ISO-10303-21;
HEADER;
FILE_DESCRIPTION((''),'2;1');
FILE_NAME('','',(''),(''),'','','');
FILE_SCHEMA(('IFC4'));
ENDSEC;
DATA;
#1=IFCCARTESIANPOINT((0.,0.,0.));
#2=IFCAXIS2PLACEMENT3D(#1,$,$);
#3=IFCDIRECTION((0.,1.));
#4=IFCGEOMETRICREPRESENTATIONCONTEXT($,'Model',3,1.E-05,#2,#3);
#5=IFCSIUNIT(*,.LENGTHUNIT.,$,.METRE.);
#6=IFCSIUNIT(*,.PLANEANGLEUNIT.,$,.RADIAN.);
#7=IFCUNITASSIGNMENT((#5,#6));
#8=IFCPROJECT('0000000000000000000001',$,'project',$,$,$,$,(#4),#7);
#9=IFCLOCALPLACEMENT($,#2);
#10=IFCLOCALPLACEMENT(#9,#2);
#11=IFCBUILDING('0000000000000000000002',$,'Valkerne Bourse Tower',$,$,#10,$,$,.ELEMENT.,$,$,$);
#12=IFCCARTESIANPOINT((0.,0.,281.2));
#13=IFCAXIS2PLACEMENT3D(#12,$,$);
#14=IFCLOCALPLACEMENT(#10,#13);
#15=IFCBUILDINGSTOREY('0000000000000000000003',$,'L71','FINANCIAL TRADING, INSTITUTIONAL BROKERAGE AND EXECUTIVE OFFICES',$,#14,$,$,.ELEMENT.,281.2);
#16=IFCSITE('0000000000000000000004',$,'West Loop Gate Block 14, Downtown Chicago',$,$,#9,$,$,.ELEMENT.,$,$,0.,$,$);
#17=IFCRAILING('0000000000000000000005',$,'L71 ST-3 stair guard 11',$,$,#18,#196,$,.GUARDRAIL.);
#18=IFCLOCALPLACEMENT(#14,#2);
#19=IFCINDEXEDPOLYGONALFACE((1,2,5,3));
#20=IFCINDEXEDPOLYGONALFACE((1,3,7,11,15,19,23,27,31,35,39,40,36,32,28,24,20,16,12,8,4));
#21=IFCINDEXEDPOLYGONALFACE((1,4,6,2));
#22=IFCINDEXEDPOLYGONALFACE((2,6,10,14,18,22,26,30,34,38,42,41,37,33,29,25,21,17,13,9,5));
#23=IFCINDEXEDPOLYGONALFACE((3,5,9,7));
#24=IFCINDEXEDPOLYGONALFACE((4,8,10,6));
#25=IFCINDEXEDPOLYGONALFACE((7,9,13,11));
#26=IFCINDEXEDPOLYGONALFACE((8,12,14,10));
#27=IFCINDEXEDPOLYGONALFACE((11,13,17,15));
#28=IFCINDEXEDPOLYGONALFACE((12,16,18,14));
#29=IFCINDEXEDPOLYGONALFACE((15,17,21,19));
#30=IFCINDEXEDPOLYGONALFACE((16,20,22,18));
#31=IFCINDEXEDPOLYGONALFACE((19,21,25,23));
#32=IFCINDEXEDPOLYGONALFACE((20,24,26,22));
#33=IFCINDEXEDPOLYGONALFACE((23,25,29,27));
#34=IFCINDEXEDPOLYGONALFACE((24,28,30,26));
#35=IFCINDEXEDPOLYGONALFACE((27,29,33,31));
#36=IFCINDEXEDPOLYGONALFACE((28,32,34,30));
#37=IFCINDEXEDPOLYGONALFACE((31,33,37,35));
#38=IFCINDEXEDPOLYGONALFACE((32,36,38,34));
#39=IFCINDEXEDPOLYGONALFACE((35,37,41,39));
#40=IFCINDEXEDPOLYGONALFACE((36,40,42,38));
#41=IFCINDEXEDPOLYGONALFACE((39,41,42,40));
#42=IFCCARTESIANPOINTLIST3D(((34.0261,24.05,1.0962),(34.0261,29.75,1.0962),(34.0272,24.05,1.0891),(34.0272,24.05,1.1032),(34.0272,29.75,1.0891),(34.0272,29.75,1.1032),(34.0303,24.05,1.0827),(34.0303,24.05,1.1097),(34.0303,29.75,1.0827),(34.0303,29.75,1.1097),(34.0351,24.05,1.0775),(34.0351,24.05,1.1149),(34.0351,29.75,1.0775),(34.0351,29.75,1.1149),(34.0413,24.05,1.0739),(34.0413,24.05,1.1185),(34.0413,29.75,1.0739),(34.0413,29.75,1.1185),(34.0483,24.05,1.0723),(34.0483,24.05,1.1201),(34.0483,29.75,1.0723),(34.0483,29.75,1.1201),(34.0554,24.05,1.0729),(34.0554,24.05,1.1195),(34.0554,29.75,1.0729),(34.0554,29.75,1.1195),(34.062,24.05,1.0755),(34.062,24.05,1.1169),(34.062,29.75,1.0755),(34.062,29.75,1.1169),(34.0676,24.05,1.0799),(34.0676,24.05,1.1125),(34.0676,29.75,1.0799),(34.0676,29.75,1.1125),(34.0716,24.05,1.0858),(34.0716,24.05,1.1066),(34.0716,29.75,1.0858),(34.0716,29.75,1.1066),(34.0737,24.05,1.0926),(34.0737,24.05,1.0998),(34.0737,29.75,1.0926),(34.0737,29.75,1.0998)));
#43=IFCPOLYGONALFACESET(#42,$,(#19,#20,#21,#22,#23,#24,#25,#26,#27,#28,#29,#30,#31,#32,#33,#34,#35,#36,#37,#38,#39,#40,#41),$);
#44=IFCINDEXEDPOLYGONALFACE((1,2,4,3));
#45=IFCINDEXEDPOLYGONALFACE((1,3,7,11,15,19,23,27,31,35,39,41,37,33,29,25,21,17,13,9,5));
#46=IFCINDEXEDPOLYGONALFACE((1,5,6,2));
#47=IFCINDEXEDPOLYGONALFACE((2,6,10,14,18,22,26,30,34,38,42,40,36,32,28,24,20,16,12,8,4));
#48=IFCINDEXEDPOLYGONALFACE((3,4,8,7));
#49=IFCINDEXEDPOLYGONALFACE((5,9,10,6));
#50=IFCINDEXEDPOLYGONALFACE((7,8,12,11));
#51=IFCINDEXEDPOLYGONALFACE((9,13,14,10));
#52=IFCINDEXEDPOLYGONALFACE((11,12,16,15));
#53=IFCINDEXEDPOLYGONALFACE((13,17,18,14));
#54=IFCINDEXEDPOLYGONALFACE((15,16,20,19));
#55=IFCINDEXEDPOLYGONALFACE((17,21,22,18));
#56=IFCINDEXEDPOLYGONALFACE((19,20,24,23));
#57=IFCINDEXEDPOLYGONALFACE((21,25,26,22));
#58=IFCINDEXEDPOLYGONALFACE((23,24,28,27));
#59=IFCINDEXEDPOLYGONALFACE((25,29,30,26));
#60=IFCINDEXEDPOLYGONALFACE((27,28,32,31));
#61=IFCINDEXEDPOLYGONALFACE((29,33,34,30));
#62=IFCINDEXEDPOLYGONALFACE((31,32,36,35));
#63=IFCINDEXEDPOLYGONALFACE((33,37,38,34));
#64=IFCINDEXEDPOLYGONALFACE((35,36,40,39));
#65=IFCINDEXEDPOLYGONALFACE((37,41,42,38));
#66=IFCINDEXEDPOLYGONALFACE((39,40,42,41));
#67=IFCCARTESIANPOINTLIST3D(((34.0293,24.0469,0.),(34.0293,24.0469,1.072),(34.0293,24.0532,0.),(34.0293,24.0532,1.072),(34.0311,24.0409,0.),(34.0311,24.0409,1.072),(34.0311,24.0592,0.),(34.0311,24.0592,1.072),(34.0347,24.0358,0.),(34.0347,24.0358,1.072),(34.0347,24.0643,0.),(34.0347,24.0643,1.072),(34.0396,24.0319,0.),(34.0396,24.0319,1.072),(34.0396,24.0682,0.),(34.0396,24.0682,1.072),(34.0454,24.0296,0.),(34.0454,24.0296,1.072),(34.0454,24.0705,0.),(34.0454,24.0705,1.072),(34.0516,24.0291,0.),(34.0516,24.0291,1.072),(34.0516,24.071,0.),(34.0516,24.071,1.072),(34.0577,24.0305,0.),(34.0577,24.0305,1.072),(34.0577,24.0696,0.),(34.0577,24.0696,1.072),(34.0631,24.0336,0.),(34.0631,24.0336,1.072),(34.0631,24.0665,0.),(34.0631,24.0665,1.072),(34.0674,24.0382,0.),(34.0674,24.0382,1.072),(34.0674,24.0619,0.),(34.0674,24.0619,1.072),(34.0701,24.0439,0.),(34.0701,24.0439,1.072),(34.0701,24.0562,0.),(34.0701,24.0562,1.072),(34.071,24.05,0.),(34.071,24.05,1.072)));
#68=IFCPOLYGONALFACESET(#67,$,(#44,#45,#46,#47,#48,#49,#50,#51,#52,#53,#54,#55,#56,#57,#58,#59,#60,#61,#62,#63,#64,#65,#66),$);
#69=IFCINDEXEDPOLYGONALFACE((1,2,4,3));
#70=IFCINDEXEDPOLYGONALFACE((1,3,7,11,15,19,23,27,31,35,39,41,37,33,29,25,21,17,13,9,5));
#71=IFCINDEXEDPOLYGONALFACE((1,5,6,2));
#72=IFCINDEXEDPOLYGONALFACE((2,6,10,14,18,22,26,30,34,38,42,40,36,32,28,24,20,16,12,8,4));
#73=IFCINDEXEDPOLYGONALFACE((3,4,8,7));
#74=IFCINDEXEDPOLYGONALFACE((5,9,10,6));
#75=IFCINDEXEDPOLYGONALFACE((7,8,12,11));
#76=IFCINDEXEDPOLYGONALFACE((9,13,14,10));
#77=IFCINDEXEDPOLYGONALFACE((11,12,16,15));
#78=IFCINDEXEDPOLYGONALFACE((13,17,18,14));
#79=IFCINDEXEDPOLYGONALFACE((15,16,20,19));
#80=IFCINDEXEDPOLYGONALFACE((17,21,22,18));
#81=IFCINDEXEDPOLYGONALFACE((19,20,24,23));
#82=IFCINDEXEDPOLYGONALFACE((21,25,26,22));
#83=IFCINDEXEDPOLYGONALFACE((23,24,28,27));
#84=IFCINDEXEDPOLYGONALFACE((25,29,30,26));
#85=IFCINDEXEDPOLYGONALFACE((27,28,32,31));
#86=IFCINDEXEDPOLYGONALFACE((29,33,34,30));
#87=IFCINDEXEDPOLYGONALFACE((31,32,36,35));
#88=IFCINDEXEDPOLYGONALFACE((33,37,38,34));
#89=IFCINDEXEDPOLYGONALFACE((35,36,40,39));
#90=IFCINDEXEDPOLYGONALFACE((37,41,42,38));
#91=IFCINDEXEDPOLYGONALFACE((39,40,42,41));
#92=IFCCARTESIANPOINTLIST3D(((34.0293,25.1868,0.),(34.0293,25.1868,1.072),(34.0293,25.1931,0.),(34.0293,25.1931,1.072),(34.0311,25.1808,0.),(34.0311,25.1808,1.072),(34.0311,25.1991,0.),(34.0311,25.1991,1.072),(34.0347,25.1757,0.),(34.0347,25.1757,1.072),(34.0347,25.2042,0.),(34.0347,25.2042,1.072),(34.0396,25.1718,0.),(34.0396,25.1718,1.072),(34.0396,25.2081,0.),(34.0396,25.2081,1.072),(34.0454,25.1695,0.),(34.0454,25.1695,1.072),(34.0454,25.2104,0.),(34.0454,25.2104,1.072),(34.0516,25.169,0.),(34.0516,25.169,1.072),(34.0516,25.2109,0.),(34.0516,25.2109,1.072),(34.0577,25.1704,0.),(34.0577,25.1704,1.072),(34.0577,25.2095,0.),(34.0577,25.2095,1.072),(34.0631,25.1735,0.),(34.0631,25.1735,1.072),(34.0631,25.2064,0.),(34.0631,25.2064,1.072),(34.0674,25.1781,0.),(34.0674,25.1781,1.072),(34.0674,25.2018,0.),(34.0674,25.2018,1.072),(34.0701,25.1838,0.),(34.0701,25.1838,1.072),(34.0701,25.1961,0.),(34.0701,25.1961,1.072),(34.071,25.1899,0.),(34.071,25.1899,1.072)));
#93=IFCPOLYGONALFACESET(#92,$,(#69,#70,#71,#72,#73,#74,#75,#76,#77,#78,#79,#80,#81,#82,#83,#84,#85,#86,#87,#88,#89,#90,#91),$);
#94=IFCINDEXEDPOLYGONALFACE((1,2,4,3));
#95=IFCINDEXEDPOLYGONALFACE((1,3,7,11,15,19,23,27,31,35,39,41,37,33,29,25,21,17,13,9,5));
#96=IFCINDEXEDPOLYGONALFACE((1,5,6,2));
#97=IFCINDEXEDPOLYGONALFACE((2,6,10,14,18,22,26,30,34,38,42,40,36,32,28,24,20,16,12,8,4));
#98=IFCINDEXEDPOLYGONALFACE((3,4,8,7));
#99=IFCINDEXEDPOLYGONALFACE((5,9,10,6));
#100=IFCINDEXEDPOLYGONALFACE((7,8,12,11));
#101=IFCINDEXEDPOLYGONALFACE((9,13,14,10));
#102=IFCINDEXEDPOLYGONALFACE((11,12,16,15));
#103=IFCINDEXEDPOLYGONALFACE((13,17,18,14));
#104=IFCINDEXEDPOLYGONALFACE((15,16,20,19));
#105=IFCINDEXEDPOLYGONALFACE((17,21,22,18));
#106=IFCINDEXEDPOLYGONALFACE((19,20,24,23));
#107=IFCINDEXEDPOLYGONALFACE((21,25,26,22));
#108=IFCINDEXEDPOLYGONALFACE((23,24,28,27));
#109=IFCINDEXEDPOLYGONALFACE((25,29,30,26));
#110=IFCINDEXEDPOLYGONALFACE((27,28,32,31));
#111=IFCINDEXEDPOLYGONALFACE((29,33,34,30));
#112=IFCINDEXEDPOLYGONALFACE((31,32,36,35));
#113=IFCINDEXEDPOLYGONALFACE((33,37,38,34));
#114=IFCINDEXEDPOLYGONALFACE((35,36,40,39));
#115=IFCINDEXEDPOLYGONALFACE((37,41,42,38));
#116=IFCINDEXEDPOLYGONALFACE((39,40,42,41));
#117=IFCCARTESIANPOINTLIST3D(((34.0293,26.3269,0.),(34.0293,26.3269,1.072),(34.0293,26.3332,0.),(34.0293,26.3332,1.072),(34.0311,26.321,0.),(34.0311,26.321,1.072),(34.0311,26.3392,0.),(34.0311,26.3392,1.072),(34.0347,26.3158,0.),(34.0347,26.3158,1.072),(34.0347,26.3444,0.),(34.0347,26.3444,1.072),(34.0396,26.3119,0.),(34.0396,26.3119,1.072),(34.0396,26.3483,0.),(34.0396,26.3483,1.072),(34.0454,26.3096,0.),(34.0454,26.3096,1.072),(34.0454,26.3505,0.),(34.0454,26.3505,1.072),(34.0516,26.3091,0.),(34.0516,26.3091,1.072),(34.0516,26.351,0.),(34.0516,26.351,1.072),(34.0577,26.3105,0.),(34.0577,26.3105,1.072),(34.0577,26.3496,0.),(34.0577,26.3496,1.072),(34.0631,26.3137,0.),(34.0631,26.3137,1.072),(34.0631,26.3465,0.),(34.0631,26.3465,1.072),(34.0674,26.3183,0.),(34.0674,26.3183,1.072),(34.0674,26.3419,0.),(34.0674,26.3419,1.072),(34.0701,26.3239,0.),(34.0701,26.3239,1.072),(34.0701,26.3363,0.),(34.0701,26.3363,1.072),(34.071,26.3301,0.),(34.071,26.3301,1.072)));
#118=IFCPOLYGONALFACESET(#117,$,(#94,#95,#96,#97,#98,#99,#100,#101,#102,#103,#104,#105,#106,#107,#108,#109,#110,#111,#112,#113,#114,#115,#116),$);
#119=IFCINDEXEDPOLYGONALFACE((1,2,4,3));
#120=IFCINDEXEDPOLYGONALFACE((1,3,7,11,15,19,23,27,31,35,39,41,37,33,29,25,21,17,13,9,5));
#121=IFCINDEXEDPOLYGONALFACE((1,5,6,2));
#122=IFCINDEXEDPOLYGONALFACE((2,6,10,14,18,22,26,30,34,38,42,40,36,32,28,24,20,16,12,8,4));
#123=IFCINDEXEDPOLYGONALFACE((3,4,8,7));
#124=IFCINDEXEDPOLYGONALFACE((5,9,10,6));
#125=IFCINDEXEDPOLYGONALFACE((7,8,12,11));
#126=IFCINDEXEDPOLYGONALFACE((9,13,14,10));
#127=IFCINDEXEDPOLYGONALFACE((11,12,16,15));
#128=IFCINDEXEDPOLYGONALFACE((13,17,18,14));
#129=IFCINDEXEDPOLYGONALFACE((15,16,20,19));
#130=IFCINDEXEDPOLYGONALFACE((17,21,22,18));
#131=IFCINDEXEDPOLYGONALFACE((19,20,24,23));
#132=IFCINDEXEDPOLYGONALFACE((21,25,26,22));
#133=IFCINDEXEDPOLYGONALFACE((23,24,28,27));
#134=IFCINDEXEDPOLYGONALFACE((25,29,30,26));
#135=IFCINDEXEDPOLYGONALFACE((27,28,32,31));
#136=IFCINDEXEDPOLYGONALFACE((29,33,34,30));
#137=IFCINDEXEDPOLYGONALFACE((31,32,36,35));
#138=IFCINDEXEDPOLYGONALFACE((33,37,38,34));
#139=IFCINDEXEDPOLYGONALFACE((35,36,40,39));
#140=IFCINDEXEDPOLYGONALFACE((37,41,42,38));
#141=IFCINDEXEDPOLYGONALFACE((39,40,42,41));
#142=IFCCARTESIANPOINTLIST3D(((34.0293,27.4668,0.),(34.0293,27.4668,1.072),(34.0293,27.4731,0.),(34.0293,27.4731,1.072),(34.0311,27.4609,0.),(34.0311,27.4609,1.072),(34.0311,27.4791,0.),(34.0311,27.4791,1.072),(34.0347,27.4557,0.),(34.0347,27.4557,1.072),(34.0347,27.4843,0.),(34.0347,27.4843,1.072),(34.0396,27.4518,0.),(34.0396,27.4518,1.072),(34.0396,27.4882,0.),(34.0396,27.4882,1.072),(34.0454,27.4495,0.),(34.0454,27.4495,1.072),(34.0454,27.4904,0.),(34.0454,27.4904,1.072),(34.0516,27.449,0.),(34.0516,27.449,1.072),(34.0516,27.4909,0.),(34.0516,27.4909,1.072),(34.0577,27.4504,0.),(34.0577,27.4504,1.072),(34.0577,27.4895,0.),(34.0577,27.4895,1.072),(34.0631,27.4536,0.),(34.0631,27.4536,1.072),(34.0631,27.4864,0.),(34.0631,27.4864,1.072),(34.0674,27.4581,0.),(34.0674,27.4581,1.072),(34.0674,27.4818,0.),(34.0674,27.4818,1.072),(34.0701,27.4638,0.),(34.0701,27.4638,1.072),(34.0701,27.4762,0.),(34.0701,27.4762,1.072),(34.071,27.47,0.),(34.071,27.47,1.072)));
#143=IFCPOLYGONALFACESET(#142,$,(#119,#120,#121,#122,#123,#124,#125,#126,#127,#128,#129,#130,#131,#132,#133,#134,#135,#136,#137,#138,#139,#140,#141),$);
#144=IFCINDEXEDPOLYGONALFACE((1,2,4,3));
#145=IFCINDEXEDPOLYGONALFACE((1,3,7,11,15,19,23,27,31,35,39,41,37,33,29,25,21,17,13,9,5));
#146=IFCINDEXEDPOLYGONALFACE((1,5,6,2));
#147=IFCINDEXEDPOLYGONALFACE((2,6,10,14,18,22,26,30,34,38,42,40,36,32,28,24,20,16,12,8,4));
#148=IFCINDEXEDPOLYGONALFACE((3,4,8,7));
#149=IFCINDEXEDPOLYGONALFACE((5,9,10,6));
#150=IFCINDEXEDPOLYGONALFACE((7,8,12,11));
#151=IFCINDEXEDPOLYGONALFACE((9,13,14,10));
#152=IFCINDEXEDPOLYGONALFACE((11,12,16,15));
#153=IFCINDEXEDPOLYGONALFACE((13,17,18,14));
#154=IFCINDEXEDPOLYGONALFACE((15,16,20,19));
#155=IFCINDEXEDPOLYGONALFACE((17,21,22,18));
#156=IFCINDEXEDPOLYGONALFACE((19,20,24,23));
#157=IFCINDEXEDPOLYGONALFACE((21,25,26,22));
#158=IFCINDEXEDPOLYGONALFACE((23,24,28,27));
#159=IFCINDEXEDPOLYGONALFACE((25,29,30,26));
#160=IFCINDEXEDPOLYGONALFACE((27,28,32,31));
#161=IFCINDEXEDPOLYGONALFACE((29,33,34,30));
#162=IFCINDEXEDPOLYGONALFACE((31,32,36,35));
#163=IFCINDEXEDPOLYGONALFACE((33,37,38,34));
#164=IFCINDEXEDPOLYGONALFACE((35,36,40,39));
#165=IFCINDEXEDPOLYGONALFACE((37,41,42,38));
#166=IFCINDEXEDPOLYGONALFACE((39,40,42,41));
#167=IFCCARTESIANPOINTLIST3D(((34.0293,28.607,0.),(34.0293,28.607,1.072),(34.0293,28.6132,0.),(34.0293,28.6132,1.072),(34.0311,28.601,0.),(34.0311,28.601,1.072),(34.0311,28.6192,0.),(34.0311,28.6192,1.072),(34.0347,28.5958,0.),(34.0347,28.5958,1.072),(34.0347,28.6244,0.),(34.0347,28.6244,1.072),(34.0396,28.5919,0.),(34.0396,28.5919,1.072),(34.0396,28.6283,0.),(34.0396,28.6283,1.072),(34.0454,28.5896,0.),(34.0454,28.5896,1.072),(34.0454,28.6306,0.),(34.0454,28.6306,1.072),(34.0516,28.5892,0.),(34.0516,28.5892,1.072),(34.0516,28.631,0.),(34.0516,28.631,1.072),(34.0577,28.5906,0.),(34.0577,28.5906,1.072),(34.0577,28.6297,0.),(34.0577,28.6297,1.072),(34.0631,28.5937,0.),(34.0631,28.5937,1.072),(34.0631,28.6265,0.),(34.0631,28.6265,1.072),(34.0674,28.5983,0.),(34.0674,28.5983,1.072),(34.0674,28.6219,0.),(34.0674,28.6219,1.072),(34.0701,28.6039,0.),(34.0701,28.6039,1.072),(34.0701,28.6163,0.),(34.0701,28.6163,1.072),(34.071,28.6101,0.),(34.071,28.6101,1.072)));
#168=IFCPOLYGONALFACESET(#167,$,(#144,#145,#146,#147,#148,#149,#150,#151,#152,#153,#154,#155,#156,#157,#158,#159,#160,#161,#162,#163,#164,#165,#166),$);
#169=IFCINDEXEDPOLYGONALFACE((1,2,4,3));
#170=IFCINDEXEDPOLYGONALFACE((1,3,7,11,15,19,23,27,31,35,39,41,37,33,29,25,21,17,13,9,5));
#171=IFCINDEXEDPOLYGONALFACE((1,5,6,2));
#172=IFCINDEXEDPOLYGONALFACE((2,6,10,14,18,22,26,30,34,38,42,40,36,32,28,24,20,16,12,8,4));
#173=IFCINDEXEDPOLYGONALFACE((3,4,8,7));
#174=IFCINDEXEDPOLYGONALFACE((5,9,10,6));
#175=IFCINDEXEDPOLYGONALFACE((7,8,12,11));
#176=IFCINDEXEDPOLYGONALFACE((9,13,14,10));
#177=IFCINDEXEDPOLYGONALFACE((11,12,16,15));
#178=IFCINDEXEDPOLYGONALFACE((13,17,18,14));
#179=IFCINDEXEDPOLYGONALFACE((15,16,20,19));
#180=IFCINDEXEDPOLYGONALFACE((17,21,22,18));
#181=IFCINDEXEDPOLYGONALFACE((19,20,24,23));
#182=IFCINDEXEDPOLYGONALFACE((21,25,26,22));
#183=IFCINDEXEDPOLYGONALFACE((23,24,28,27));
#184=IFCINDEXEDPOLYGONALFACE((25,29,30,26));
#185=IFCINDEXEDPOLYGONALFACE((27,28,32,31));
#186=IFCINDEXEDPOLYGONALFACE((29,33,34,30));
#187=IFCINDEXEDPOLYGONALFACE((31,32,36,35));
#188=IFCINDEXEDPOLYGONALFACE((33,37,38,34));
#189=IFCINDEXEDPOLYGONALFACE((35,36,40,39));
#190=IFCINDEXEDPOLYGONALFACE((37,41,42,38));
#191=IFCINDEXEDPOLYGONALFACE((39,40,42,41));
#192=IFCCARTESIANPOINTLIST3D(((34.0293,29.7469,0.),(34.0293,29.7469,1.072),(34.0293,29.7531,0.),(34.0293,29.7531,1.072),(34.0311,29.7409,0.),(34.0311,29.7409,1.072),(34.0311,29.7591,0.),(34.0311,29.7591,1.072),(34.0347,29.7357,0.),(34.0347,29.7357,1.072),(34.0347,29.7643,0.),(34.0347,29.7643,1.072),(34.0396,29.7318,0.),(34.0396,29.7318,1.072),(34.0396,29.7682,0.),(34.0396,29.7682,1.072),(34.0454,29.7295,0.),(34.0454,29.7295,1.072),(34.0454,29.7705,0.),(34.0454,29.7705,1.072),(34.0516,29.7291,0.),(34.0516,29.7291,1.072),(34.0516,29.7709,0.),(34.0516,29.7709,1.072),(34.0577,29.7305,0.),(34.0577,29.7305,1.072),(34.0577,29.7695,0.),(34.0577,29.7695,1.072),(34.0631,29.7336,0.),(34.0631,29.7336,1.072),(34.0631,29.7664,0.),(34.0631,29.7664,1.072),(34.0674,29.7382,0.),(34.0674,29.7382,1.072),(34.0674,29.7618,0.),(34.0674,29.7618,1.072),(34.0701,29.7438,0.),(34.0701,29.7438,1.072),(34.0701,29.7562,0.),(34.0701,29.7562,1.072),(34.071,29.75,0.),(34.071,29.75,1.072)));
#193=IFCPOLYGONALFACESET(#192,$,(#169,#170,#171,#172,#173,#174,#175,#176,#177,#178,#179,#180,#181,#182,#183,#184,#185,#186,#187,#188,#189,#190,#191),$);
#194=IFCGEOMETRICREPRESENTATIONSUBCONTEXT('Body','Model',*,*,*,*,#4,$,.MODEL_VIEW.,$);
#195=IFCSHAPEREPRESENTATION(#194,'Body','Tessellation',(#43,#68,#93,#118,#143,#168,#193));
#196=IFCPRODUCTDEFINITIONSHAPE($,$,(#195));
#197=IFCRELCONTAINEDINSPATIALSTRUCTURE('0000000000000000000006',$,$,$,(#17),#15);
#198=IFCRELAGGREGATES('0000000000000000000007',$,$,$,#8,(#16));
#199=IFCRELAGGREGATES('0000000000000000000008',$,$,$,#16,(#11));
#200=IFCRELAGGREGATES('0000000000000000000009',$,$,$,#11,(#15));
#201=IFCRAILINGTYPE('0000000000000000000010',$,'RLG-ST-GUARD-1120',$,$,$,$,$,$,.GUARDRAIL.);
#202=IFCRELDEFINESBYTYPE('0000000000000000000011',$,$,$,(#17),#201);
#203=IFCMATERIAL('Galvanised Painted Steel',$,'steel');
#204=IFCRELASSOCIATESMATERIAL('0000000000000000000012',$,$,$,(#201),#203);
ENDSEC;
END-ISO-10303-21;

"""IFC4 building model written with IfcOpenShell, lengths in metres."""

from ifc_helpers import new_model, si_unit, direction, frame, origin, origin_2d, place, context, subcontext, project, spatial, circle, extrude, material, type_object, element, save


model = new_model("IFC4")

# Units and contexts
model_context = context("Model", 3, precision=1e-05, world=origin(), true_north=direction((0.0, 1.0)))
body_context = subcontext(model_context, "Body", "Model", "MODEL_VIEW")
ifc_project = project(units=[si_unit("LENGTHUNIT", "METRE"), si_unit("PLANEANGLEUNIT", "RADIAN")], contexts=[model_context])

# Site, building, storey
site_placement = place(None, origin())
site = spatial("IfcSite", under=ifc_project, at=site_placement, Name="West Loop Gate Block 14, Downtown Chicago", CompositionType="ELEMENT", RefElevation=0.0)
building_placement = place(site_placement, origin())
building = spatial("IfcBuilding", under=site, at=building_placement, Name="Valkerne Bourse Tower", CompositionType="ELEMENT")
storey_placement = place(building_placement, frame((0.0, 0.0, 281.2)))
storey = spatial("IfcBuildingStorey", under=building, at=storey_placement, Name="L71", Description="FINANCIAL TRADING, INSTITUTIONAL BROKERAGE AND EXECUTIVE OFFICES", CompositionType="ELEMENT", Elevation=281.2)

# Shared definitions
ifc_material_1 = material(Name="Galvanised Painted Steel", Category="steel")

# Railing
railing_type_1 = type_object("IfcRailingType", Name="RLG-ST-GUARD-1120", PredefinedType="GUARDRAIL", material=ifc_material_1)
railing_1_placement = place(storey_placement, frame((34.05, 24.05, 0.0)))
element("IfcRailing", 1, at=railing_1_placement, inside=storey, type_object=railing_type_1, Name="L71 ST-3 stair guard 11", PredefinedType="GUARDRAIL", context=body_context, shape_type="SweptSolid", body=[
    extrude(circle(Radius=0.0239, at=origin_2d()), frame((0.0, 0.0, 1.0962), z_axis=(0.0, 1.0, 0.0), x_axis=(-1.0, 0.0, 0.0)), (0.0, 0.0, 1.0), 5.7),
    extrude(circle(Radius=0.021, at=origin_2d()), origin(), (0.0, 0.0, 1.0), 1.072),
    extrude(circle(Radius=0.021, at=origin_2d()), frame((0.0, 1.1399, 0.0)), (0.0, 0.0, 1.0), 1.072),
    extrude(circle(Radius=0.021, at=origin_2d()), frame((0.0, 2.28, 0.0)), (0.0, 0.0, 1.0), 1.072),
    extrude(circle(Radius=0.021, at=origin_2d()), frame((0.0, 3.4199, 0.0)), (0.0, 0.0, 1.0), 1.072),
    extrude(circle(Radius=0.021, at=origin_2d()), frame((0.0, 4.5601, 0.0)), (0.0, 0.0, 1.0), 1.072),
    extrude(circle(Radius=0.021, at=origin_2d()), frame((0.0, 5.7, 0.0)), (0.0, 0.0, 1.0), 1.072),
])

save(model, "model.ifc")
